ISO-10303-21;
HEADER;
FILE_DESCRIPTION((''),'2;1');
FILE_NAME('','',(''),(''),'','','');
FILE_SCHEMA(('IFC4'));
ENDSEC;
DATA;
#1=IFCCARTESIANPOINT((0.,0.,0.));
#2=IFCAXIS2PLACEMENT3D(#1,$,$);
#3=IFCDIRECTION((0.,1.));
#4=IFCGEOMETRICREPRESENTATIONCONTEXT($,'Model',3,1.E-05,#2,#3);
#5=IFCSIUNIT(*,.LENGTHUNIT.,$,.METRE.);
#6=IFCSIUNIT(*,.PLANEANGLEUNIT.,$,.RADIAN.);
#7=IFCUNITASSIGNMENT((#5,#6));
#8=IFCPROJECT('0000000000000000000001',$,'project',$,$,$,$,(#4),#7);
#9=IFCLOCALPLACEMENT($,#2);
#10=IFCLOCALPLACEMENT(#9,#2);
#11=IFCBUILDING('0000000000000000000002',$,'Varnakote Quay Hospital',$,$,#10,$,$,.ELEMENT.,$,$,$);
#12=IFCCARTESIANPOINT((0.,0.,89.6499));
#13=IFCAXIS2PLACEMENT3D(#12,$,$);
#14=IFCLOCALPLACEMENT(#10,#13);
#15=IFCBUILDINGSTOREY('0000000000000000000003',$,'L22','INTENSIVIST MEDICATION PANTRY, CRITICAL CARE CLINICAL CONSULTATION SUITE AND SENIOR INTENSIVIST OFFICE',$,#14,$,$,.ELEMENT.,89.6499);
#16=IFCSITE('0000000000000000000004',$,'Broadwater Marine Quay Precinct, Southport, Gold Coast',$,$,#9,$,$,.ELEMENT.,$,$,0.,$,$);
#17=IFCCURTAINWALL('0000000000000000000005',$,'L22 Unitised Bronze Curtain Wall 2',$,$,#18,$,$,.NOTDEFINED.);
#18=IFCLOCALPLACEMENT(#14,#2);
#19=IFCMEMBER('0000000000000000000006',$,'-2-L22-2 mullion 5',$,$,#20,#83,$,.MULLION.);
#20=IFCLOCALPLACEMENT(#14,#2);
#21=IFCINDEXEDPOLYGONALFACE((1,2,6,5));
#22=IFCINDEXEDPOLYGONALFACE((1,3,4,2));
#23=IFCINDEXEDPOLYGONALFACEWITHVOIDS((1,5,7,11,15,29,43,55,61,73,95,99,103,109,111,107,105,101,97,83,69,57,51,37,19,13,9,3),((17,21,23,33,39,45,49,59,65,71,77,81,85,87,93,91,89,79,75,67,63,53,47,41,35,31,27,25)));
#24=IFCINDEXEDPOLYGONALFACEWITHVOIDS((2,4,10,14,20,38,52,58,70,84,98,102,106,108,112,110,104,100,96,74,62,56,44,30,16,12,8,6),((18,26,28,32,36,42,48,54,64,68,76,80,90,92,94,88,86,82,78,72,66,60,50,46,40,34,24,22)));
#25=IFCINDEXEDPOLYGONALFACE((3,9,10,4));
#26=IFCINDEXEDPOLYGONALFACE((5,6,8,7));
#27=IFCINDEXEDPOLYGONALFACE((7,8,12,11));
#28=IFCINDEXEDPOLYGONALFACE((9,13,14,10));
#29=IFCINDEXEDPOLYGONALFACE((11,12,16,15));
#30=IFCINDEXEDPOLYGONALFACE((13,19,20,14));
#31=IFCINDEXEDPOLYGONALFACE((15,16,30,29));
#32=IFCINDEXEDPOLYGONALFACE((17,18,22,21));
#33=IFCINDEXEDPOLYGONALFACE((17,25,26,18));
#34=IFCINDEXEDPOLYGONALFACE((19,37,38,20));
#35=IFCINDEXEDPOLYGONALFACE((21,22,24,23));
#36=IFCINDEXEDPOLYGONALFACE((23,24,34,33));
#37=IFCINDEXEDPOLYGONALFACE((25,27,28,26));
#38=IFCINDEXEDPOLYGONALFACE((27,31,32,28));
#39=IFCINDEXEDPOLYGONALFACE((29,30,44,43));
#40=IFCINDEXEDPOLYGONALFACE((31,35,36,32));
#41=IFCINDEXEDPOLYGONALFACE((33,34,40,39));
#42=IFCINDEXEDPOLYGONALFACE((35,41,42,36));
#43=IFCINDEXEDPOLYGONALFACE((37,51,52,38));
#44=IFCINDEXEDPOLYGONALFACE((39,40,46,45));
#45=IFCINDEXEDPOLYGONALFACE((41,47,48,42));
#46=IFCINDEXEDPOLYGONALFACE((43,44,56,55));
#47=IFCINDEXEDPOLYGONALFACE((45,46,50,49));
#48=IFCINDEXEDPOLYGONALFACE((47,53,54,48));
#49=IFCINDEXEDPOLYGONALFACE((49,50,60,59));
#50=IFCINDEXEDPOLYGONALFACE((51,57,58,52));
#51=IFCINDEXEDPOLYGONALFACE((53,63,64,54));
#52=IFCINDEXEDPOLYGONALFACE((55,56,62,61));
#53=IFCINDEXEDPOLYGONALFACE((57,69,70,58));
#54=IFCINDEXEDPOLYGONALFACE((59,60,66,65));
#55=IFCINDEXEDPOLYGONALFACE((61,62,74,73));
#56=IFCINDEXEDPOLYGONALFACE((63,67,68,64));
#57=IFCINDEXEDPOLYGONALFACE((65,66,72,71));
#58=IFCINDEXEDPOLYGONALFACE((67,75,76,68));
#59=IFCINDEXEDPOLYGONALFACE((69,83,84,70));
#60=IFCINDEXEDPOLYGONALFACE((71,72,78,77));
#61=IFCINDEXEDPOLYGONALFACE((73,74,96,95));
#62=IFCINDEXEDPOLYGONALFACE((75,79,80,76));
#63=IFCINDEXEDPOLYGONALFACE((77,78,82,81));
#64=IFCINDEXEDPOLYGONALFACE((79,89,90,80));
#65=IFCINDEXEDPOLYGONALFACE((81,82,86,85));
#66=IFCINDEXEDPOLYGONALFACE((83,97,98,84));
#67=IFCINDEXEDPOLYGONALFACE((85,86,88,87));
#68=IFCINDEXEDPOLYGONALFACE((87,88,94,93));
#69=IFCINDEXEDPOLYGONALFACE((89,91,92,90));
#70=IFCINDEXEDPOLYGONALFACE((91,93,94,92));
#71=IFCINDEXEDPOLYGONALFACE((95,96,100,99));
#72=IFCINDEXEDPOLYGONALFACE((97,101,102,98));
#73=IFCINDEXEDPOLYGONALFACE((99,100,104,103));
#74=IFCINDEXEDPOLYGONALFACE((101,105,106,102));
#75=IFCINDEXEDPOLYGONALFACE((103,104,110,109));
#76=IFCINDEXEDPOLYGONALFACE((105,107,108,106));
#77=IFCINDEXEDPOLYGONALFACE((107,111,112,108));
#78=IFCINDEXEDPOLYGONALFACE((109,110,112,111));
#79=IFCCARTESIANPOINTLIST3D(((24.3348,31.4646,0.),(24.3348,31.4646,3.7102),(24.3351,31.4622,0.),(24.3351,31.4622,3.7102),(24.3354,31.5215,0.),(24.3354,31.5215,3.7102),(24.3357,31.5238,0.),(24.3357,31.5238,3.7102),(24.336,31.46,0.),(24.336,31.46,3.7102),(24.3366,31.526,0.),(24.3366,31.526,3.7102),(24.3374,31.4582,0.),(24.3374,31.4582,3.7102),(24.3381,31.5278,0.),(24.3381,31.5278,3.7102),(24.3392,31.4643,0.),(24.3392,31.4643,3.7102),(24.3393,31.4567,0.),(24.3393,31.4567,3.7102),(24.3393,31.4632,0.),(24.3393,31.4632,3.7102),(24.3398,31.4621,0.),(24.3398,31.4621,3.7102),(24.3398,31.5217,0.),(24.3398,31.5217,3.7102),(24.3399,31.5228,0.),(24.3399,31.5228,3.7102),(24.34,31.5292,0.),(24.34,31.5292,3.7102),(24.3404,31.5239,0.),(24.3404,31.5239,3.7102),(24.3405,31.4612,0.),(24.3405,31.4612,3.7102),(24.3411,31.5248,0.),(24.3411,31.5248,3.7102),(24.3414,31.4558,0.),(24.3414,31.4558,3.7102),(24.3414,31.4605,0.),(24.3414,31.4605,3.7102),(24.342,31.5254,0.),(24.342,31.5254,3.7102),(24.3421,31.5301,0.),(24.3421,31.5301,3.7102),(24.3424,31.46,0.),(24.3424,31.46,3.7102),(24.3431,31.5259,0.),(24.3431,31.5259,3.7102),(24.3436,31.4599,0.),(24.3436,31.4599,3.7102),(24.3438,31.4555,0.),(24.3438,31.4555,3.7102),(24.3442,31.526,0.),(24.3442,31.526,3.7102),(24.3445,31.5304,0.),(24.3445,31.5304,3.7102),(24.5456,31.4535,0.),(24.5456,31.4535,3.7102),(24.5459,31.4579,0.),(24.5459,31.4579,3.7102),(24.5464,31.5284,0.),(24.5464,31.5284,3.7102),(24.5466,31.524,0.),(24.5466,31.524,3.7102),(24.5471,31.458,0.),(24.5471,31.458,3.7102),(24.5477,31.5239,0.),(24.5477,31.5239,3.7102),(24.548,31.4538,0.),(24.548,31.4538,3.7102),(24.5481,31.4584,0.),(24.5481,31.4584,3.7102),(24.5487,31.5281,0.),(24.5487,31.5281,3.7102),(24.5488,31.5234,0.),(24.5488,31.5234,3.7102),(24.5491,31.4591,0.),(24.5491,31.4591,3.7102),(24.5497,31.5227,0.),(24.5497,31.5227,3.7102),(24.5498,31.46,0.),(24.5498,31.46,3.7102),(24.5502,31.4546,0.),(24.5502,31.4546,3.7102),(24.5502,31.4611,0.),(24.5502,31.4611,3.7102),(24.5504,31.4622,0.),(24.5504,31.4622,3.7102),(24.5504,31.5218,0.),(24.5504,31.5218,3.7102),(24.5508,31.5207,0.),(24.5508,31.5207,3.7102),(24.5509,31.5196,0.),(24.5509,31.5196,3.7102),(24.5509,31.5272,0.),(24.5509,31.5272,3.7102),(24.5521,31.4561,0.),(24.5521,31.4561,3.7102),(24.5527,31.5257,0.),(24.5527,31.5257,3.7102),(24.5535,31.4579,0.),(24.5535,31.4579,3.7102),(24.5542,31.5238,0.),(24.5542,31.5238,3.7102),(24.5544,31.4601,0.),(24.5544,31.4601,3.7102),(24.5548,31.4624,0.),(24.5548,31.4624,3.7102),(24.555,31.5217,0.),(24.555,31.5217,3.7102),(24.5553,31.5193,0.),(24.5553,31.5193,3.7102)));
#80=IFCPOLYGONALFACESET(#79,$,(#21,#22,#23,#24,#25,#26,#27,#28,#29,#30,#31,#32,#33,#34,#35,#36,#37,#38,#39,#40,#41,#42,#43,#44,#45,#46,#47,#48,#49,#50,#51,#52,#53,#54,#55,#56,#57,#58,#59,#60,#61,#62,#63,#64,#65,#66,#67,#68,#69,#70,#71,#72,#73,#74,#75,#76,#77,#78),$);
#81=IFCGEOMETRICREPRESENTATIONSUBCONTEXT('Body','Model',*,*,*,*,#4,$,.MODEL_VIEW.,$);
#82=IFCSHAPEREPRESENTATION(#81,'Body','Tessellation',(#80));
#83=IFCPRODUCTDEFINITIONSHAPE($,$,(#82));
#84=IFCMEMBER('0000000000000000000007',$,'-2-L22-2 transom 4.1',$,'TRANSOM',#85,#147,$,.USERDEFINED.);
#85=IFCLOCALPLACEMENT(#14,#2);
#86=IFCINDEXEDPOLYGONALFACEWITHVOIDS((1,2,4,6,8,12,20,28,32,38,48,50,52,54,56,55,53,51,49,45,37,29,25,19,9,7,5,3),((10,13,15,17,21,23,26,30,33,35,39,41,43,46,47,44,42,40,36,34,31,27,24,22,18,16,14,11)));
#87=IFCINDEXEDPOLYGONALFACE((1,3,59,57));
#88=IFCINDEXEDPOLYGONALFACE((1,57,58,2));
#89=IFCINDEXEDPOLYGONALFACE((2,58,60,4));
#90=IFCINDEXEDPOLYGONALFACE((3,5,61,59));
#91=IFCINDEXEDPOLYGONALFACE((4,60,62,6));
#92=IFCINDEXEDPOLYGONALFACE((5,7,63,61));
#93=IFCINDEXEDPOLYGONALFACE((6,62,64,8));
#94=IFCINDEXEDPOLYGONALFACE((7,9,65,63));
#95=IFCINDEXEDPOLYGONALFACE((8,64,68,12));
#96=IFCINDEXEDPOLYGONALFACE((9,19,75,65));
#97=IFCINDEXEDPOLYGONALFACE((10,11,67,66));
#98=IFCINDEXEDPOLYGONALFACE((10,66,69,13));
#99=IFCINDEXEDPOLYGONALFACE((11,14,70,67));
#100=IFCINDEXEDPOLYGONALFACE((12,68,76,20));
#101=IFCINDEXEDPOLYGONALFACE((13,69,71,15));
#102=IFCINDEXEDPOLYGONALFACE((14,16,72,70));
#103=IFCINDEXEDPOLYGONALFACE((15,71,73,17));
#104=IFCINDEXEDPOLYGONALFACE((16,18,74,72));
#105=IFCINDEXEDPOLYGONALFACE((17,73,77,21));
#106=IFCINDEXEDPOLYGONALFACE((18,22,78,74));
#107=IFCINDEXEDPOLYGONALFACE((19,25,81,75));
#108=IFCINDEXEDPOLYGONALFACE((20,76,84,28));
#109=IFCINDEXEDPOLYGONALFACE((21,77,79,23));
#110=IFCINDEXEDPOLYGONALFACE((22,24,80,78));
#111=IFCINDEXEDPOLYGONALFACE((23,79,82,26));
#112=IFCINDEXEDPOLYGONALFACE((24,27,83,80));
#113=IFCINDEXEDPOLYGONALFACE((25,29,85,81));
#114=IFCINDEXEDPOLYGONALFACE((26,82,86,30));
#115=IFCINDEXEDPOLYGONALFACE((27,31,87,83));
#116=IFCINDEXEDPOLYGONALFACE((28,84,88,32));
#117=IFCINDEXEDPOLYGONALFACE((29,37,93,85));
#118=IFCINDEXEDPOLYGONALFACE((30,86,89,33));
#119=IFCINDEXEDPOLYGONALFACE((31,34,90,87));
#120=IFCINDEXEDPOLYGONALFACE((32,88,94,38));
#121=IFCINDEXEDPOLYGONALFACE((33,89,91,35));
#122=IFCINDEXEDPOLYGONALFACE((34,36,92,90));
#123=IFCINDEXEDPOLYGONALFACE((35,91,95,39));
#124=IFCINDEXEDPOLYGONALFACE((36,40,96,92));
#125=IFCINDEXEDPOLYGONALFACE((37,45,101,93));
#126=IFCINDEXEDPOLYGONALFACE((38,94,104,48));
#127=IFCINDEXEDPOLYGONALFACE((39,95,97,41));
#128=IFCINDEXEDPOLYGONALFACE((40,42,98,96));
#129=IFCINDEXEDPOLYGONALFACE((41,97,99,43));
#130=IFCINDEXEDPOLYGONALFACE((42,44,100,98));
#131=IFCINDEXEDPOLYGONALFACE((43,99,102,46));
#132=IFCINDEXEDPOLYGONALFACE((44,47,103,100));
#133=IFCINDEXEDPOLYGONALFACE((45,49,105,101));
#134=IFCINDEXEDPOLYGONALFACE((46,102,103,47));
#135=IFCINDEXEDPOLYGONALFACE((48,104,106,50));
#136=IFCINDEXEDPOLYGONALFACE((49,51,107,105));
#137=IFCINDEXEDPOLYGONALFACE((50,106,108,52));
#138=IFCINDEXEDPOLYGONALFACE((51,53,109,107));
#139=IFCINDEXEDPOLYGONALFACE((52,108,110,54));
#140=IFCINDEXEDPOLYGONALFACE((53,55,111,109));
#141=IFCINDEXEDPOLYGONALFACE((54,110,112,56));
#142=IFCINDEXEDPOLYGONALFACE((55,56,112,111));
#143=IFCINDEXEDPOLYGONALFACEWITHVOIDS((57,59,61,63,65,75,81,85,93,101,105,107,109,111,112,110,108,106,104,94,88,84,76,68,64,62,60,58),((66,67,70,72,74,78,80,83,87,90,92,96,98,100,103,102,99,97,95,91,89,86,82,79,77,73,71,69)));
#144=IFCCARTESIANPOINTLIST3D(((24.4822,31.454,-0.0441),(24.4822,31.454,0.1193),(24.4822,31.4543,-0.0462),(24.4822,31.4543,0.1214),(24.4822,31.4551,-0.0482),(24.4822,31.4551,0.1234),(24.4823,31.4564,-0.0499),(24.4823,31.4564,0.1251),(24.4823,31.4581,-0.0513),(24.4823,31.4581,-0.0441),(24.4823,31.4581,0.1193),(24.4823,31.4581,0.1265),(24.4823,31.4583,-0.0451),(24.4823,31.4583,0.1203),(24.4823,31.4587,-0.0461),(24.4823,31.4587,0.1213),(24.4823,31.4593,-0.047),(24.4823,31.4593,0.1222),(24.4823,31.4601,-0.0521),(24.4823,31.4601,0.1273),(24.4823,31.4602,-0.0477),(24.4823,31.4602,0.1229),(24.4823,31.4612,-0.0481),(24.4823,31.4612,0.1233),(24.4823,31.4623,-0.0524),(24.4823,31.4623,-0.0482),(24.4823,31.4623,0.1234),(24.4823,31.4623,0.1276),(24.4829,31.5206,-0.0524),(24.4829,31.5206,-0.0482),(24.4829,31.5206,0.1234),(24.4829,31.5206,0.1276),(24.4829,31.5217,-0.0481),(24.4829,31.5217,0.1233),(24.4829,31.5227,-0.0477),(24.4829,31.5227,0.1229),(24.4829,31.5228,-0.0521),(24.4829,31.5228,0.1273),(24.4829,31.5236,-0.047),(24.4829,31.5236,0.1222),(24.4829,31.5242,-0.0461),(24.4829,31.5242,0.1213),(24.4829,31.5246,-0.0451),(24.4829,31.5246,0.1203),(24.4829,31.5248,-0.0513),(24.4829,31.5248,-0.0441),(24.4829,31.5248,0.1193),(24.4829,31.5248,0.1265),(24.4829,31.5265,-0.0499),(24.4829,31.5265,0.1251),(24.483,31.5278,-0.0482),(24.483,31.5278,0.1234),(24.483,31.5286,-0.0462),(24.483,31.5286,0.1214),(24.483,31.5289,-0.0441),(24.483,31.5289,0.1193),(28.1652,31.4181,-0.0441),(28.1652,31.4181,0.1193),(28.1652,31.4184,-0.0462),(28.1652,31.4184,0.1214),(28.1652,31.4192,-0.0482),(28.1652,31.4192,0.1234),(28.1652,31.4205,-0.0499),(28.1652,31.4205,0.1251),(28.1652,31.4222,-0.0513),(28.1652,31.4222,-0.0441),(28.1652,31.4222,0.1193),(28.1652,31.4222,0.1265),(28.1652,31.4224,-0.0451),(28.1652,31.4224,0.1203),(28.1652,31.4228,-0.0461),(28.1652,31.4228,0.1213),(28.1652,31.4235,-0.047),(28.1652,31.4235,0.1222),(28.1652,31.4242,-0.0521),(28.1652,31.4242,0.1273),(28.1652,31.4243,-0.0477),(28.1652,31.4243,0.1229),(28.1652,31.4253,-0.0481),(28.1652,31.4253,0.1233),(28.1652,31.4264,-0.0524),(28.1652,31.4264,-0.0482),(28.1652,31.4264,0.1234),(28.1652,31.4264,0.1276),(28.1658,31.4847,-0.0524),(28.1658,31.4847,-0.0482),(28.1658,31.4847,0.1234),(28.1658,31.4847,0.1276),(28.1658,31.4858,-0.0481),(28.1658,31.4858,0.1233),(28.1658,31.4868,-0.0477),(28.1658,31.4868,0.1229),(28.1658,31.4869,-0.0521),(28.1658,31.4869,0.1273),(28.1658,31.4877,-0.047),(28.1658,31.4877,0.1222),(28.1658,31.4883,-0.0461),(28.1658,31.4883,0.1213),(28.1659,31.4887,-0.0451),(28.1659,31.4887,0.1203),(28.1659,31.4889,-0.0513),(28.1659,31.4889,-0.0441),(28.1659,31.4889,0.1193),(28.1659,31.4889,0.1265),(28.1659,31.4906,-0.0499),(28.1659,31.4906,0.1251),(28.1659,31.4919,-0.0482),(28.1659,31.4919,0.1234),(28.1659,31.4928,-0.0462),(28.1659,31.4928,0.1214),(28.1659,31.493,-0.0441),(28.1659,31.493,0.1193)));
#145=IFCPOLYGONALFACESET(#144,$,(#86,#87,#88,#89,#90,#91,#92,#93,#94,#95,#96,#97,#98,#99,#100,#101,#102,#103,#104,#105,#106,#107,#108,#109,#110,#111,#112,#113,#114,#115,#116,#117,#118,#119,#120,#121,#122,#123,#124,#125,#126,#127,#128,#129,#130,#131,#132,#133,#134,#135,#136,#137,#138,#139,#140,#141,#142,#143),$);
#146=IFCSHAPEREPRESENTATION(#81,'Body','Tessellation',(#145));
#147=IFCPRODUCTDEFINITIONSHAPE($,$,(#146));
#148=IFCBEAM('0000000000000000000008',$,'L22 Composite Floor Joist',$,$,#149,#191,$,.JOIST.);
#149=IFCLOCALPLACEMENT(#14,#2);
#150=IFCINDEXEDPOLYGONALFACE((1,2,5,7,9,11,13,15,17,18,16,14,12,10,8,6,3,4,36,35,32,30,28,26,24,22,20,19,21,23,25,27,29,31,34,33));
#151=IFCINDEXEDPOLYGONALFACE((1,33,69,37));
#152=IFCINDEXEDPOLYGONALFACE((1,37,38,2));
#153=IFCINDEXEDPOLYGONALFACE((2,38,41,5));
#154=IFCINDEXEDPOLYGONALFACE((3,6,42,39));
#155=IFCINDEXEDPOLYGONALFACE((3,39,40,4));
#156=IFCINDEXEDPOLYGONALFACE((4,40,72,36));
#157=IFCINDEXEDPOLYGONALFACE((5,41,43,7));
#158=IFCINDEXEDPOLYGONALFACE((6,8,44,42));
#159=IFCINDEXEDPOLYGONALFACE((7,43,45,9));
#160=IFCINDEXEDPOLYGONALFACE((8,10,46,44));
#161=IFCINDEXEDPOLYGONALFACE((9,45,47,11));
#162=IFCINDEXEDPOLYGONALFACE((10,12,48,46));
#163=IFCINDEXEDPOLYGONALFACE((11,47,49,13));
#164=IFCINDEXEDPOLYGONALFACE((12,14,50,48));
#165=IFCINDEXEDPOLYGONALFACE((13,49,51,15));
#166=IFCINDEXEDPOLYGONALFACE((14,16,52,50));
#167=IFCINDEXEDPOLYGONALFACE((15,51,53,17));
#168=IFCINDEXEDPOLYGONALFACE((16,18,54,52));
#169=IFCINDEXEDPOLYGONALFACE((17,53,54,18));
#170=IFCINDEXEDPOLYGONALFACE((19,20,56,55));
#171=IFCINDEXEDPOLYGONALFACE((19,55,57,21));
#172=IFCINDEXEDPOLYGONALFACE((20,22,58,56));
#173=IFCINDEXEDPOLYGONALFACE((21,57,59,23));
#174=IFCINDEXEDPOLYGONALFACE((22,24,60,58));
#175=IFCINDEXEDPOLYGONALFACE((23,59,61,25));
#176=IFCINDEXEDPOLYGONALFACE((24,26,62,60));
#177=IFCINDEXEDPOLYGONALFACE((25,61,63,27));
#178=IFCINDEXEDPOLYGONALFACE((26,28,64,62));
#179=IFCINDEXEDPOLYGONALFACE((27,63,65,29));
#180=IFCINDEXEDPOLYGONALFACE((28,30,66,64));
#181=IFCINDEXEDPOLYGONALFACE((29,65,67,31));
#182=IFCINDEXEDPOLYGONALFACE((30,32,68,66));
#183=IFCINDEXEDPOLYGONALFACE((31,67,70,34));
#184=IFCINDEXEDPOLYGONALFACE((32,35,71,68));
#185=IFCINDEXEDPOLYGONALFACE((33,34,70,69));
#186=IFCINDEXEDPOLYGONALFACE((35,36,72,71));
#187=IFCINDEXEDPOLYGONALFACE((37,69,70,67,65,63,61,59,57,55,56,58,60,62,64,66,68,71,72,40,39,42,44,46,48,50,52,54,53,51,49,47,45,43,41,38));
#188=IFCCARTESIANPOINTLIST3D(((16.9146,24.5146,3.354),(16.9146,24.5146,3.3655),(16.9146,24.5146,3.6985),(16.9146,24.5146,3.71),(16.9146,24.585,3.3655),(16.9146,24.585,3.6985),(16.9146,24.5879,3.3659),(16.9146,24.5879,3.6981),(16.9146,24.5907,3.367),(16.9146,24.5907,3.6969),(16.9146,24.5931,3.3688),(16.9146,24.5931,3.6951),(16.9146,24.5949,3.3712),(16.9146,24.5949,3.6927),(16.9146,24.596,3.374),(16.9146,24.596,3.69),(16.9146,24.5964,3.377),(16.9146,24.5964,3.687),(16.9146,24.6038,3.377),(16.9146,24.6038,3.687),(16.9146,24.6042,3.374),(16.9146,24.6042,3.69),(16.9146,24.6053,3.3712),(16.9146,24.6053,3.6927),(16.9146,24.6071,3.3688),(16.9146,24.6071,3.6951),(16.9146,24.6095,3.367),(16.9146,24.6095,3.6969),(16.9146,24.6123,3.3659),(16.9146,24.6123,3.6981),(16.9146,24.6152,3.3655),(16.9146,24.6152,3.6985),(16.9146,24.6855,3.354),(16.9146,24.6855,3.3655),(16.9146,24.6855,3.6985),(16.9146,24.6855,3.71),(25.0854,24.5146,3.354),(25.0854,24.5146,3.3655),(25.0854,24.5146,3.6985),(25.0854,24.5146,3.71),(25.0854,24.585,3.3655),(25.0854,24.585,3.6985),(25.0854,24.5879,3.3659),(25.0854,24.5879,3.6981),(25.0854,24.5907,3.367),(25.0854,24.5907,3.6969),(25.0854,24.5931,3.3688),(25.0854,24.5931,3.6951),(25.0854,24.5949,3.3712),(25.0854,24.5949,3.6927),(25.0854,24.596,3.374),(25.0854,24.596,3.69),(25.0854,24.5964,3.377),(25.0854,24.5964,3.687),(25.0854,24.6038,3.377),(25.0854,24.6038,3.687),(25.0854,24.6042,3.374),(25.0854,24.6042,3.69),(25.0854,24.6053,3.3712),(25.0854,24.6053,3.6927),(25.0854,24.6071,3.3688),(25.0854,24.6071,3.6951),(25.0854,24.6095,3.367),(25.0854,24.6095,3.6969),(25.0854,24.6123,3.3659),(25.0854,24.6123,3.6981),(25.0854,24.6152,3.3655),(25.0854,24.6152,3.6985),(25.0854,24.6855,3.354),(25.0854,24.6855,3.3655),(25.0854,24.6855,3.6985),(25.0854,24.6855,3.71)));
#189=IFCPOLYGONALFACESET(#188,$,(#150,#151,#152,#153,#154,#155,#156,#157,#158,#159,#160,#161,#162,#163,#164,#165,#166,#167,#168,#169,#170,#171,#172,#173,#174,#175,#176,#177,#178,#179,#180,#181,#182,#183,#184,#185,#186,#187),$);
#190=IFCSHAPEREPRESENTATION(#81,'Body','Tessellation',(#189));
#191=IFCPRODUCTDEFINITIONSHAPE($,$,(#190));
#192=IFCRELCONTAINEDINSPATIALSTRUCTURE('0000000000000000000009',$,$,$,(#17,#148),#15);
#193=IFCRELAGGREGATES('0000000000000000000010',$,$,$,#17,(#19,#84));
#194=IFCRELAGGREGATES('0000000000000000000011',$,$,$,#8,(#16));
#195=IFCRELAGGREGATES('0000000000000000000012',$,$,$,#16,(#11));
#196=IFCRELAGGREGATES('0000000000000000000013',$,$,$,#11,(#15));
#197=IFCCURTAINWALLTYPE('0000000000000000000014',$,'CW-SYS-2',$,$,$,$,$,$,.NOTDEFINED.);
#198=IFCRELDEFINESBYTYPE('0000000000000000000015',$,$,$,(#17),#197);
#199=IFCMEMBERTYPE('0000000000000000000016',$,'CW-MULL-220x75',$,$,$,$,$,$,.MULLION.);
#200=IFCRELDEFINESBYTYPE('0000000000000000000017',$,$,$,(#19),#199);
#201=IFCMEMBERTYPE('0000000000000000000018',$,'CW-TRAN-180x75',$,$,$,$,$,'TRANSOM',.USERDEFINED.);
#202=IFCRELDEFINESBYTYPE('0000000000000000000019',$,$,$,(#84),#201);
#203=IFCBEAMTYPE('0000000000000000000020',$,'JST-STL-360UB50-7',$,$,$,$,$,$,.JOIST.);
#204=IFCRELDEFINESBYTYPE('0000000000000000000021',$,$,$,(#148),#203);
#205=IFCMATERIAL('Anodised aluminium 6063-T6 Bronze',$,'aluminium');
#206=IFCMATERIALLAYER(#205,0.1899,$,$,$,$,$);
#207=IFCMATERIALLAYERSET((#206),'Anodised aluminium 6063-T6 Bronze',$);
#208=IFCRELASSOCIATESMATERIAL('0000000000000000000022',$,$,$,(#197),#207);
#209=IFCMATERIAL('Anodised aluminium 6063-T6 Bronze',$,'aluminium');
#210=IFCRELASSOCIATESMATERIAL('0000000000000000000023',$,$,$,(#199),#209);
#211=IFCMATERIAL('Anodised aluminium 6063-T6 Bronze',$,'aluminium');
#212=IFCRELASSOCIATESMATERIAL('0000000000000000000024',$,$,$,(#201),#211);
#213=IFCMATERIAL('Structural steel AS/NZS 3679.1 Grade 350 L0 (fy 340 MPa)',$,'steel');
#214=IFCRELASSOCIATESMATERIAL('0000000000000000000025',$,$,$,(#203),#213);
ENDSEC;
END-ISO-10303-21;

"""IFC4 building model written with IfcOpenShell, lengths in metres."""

from ifc_helpers import new_model, si_unit, direction, frame, origin, origin_2d, place, context, subcontext, project, spatial, hollow_rectangle, i_section, extrude, material, layer, layer_set, material_profile, profile_set, type_object, element, aggregate, save


model = new_model("IFC4")

# Units and contexts
model_context = context("Model", 3, precision=1e-05, world=origin(), true_north=direction((0.0, 1.0)))
body_context = subcontext(model_context, "Body", "Model", "MODEL_VIEW")
ifc_project = project(units=[si_unit("LENGTHUNIT", "METRE"), si_unit("PLANEANGLEUNIT", "RADIAN")], contexts=[model_context])

# Site, building, storey
site_placement = place(None, origin())
site = spatial("IfcSite", under=ifc_project, at=site_placement, Name="Broadwater Marine Quay Precinct, Southport, Gold Coast", CompositionType="ELEMENT", RefElevation=0.0)
building_placement = place(site_placement, origin())
building = spatial("IfcBuilding", under=site, at=building_placement, Name="Varnakote Quay Hospital", CompositionType="ELEMENT")
storey_placement = place(building_placement, frame((0.0, 0.0, 89.6499)))
storey = spatial("IfcBuildingStorey", under=building, at=storey_placement, Name="L22", Description="INTENSIVIST MEDICATION PANTRY, CRITICAL CARE CLINICAL CONSULTATION SUITE AND SENIOR INTENSIVIST OFFICE", CompositionType="ELEMENT", Elevation=89.6499)

# Curtain wall, members
ifc_material_1 = material(Name="Anodised aluminium 6063-T6 Bronze", Category="aluminium")
ifc_layer_1 = layer(ifc_material_1, 0.1899)
ifc_layer_set_1 = layer_set([ifc_layer_1], Name="Anodised aluminium 6063-T6 Bronze")
curtain_wall_type = type_object("IfcCurtainWallType", Name="CW-SYS-2", PredefinedType="NOTDEFINED", material=ifc_layer_set_1)
curtain_wall_placement = place(storey_placement, origin())
curtain_wall = element("IfcCurtainWall", 1, at=curtain_wall_placement, inside=storey, type_object=curtain_wall_type, Name="L22 Unitised Bronze Curtain Wall 2", PredefinedType="NOTDEFINED")
ifc_material_2 = material(Name="Anodised aluminium 6063-T6 Bronze", Category="aluminium")
ifc_material_profile_1 = material_profile(ifc_material_2, hollow_rectangle(XDim=0.075, YDim=0.22, WallThickness=0.0044, InnerFilletRadius=0.0044, OuterFilletRadius=0.009, at=origin_2d()), Name="CW-MULL-220x75")
ifc_profile_set_1 = profile_set([ifc_material_profile_1], Name="Anodised aluminium 6063-T6 Bronze")
member_type_1 = type_object("IfcMemberType", Name="CW-MULL-220x75", PredefinedType="MULLION", material=ifc_profile_set_1)
member_1_placement = place(storey_placement, frame((24.4451, 31.4919, 0.0), z_axis=(0.0, 0.0, 1.0), x_axis=(-0.009774, -0.999952, 0.0)))
member_1 = element("IfcMember", 2, at=member_1_placement, type_object=member_type_1, Name="-2-L22-2 mullion 5", PredefinedType="MULLION", context=body_context, shape_type="SweptSolid", body=[
    extrude(hollow_rectangle(XDim=0.075, YDim=0.22, WallThickness=0.0044, InnerFilletRadius=0.0044, OuterFilletRadius=0.009, at=origin_2d()), origin(), (0.0, 0.0, 1.0), 3.7102),
])
ifc_material_3 = material(Name="Anodised aluminium 6063-T6 Bronze", Category="aluminium")
ifc_material_profile_2 = material_profile(ifc_material_3, hollow_rectangle(XDim=0.075, YDim=0.1799, WallThickness=0.0042, InnerFilletRadius=0.0042, OuterFilletRadius=0.0083, at=origin_2d()), Name="CW-TRAN-180x75")
ifc_profile_set_2 = profile_set([ifc_material_profile_2], Name="Anodised aluminium 6063-T6 Bronze")
member_type_2 = type_object("IfcMemberType", Name="CW-TRAN-180x75", ElementType="TRANSOM", PredefinedType="USERDEFINED", material=ifc_profile_set_2)
member_2_placement = place(storey_placement, frame((28.1655, 31.4556, 0.0376), z_axis=(-0.999953, 0.009744, 0.0), x_axis=(-0.009744, -0.999953, 0.0)))
member_2 = element("IfcMember", 3, at=member_2_placement, type_object=member_type_2, Name="-2-L22-2 transom 4.1", ObjectType="TRANSOM", PredefinedType="USERDEFINED", context=body_context, shape_type="SweptSolid", body=[
    extrude(hollow_rectangle(XDim=0.075, YDim=0.1799, WallThickness=0.0042, InnerFilletRadius=0.0042, OuterFilletRadius=0.0083, at=origin_2d()), origin(), (0.0, 0.0, 1.0), 3.6831),
])

# Beam
ifc_material_4 = material(Name="Structural steel AS/NZS 3679.1 Grade 350 L0 (fy 340 MPa)", Category="steel")
ifc_material_profile_3 = material_profile(ifc_material_4, i_section(OverallWidth=0.1709, OverallDepth=0.356, WebThickness=0.0073, FlangeThickness=0.0115, FilletRadius=0.0115, at=origin_2d()), Name="360UB50.7")
ifc_profile_set_3 = profile_set([ifc_material_profile_3], Name="Structural steel AS/NZS 3679.1 Grade 350 L0 (fy 340 MPa)")
beam_type_1 = type_object("IfcBeamType", Name="JST-STL-360UB50-7", PredefinedType="JOIST", material=ifc_profile_set_3)
beam_1_placement = place(storey_placement, frame((16.9146, 24.6001, 3.532), z_axis=(1.0, 0.0, 0.0), x_axis=(0.0, 1.0, 0.0)))
element("IfcBeam", 4, at=beam_1_placement, inside=storey, type_object=beam_type_1, Name="L22 Composite Floor Joist", PredefinedType="JOIST", context=body_context, shape_type="SweptSolid", body=[
    extrude(i_section(OverallWidth=0.1709, OverallDepth=0.356, WebThickness=0.0073, FlangeThickness=0.0115, FilletRadius=0.0115, at=origin_2d()), origin(), (0.0, 0.0, 1.0), 8.1709),
])

aggregate(curtain_wall, [member_1, member_2])

save(model, "model.ifc")
